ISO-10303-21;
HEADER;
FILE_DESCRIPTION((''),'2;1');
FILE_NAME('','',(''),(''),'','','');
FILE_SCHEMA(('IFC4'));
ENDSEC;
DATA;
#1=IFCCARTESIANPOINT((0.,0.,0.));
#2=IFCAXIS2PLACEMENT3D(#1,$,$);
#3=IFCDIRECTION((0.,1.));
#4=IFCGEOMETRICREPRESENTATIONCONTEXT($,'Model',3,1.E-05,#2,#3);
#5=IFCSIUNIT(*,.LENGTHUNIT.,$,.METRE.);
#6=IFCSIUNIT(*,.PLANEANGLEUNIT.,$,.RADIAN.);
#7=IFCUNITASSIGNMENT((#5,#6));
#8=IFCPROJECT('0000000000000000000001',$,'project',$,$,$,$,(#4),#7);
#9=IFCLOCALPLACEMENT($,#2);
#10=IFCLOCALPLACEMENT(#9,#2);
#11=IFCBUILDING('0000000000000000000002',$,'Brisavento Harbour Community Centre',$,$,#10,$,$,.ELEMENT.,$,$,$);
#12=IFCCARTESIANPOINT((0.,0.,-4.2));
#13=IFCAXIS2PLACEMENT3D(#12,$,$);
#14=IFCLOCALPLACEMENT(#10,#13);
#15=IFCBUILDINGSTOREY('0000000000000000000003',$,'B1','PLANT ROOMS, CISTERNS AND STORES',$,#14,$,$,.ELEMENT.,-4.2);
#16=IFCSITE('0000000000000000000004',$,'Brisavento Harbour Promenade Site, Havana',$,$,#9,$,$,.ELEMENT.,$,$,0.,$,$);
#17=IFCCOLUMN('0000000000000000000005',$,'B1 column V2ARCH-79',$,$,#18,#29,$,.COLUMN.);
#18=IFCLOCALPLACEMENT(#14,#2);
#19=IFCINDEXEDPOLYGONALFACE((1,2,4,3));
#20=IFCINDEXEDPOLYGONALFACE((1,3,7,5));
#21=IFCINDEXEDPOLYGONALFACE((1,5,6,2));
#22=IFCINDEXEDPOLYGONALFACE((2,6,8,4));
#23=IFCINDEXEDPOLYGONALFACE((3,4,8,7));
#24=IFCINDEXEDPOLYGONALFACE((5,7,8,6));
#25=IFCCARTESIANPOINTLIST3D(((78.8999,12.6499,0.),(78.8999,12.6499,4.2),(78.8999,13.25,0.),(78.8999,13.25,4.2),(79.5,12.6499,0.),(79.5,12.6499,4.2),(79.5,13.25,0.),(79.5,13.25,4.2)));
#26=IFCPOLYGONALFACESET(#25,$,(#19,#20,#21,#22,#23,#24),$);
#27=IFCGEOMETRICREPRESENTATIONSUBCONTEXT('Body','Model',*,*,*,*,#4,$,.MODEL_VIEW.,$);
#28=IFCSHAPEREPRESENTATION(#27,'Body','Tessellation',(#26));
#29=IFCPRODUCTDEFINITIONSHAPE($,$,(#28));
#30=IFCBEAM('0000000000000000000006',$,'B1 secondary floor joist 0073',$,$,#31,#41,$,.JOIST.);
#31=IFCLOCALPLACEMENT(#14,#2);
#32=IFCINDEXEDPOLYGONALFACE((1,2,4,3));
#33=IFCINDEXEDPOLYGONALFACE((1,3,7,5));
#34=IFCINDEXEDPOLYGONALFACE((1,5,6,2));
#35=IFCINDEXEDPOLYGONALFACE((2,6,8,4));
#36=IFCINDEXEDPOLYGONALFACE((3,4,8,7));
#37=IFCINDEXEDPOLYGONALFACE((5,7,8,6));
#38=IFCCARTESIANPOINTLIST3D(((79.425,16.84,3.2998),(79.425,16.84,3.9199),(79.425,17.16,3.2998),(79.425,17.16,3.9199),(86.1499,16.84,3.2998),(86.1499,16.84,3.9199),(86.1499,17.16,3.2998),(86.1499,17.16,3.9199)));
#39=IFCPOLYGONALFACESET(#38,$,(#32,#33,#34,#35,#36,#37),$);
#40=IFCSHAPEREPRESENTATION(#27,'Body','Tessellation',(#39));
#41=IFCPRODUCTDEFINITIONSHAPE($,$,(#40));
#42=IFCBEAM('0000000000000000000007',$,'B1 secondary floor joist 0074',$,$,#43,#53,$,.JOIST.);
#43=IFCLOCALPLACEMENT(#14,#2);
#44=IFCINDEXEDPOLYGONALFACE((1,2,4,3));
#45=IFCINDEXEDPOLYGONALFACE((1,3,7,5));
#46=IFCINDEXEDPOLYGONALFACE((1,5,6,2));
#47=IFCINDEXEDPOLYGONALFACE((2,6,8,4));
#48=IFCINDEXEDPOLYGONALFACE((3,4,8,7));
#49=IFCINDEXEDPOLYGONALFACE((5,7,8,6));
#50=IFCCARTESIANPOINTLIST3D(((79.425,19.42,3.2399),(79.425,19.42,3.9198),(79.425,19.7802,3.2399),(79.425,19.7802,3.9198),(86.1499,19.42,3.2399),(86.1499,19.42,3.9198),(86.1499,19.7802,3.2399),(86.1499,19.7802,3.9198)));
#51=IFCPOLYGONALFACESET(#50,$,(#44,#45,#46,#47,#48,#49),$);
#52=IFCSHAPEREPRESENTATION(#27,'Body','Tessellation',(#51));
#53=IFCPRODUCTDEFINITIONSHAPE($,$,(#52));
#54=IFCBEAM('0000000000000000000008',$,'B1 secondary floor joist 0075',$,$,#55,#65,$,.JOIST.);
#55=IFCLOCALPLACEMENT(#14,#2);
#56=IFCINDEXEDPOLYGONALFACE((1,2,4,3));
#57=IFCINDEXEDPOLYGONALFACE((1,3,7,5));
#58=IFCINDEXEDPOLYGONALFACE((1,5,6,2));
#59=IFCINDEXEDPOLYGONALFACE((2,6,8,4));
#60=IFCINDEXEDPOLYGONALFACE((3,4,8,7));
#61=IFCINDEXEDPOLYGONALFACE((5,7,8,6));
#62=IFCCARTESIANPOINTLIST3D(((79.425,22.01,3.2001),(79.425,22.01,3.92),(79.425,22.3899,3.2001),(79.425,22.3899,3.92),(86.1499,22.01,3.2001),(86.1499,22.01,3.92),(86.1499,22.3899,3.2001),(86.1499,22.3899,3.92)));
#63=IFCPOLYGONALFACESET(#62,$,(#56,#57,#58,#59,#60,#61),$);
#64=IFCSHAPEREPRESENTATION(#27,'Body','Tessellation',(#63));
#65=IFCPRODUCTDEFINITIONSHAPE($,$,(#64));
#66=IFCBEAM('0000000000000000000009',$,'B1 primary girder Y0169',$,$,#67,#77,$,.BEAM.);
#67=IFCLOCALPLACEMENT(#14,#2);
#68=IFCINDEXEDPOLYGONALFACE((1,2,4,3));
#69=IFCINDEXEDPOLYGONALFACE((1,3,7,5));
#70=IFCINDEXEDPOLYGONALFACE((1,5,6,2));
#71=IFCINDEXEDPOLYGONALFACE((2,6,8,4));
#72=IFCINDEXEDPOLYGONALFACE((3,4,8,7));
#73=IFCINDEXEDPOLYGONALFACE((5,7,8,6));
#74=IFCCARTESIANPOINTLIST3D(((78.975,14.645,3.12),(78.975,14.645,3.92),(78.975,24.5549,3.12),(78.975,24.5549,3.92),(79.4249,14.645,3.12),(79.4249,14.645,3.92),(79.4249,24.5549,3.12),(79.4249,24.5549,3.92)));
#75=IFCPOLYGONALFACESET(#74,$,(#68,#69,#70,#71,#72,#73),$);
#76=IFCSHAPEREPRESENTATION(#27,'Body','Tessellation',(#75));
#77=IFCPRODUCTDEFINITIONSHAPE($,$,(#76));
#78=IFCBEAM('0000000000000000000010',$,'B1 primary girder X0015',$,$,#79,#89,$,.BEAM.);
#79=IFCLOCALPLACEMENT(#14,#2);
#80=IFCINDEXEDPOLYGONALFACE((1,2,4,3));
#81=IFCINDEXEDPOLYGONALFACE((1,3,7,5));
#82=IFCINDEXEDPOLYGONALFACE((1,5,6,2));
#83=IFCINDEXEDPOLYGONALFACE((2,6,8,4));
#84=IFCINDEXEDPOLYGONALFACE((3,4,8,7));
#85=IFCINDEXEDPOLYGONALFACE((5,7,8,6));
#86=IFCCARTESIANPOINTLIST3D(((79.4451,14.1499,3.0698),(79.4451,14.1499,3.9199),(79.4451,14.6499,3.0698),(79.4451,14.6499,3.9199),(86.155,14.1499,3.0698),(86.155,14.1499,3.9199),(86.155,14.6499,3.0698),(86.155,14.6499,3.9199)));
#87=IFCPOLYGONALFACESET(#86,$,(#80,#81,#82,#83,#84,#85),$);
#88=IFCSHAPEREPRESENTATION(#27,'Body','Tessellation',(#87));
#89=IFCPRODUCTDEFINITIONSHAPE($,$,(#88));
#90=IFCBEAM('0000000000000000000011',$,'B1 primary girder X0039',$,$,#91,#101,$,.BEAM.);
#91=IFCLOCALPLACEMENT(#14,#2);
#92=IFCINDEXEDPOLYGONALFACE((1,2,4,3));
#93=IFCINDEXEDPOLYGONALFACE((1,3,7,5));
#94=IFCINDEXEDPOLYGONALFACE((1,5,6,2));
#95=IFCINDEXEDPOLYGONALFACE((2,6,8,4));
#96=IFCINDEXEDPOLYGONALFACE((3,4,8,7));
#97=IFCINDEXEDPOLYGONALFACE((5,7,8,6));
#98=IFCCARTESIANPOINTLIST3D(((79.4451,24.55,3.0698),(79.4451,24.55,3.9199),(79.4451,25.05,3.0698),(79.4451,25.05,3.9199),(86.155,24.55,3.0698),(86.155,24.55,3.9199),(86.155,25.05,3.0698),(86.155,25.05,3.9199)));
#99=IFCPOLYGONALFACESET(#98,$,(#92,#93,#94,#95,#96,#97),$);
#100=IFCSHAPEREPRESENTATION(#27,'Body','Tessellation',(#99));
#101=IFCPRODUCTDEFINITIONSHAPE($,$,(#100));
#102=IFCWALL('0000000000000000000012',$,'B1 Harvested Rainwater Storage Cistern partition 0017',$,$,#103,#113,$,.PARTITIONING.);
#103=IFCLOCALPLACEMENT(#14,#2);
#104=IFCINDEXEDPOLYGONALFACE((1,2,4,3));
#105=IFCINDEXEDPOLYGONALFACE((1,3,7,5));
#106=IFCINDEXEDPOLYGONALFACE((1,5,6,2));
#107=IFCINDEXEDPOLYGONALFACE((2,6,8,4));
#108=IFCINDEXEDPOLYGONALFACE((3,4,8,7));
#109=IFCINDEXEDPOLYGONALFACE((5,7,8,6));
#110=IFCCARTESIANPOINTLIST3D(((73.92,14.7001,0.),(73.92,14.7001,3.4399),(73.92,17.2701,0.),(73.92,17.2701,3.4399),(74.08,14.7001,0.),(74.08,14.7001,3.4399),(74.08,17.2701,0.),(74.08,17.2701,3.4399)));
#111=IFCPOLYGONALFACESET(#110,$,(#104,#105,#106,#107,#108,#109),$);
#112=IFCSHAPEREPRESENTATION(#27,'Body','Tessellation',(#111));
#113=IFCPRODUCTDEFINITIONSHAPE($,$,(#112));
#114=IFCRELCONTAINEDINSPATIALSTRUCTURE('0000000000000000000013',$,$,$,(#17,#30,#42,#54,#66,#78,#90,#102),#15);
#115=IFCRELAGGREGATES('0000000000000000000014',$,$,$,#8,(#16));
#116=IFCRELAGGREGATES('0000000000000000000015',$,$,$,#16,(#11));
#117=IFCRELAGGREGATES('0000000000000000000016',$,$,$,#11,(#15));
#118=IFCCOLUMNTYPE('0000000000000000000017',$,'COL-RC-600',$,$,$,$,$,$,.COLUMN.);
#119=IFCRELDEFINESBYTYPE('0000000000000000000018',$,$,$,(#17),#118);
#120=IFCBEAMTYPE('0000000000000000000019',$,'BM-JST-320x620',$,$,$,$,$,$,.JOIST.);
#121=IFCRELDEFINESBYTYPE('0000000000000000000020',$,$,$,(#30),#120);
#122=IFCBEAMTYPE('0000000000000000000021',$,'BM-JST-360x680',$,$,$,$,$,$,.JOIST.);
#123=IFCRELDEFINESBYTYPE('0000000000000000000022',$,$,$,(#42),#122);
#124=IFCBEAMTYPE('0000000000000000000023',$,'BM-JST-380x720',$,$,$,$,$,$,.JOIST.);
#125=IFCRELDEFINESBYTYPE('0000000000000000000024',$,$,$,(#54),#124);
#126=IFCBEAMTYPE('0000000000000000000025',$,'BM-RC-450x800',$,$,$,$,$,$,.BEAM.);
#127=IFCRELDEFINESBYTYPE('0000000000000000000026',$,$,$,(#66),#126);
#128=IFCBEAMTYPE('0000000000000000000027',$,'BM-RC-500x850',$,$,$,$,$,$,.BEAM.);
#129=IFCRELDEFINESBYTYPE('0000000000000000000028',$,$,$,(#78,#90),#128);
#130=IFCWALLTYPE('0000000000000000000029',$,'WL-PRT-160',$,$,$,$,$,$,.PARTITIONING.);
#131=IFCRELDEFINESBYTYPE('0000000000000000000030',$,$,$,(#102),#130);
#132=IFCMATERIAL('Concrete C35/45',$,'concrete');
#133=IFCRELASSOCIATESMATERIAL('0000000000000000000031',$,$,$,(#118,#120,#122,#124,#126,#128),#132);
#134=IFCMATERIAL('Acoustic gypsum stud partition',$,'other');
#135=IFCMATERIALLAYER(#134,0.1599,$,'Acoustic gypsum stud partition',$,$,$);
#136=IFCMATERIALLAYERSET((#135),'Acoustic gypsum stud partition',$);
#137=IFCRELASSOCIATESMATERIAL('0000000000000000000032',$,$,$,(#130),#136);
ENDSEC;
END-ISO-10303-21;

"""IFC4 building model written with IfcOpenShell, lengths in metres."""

from ifc_helpers import new_model, si_unit, direction, frame, frame_2d, origin, origin_2d, place, context, subcontext, project, spatial, rectangle, extrude, material, layer, layer_set, material_profile, profile_set, type_object, element, save


model = new_model("IFC4")

# Units and contexts
model_context = context("Model", 3, precision=1e-05, world=origin(), true_north=direction((0.0, 1.0)))
body_context = subcontext(model_context, "Body", "Model", "MODEL_VIEW")
ifc_project = project(units=[si_unit("LENGTHUNIT", "METRE"), si_unit("PLANEANGLEUNIT", "RADIAN")], contexts=[model_context])

# Site, building, storey
site_placement = place(None, origin())
site = spatial("IfcSite", under=ifc_project, at=site_placement, Name="Brisavento Harbour Promenade Site, Havana", CompositionType="ELEMENT", RefElevation=0.0)
building_placement = place(site_placement, origin())
building = spatial("IfcBuilding", under=site, at=building_placement, Name="Brisavento Harbour Community Centre", CompositionType="ELEMENT")
storey_placement = place(building_placement, frame((0.0, 0.0, -4.2)))
storey = spatial("IfcBuildingStorey", under=building, at=storey_placement, Name="B1", Description="PLANT ROOMS, CISTERNS AND STORES", CompositionType="ELEMENT", Elevation=-4.2)

# Shared definitions
ifc_material_1 = material(Name="Concrete C35/45", Category="concrete")

# Column
ifc_material_profile_1 = material_profile(ifc_material_1, rectangle(XDim=0.6001, YDim=0.6001, at=origin_2d()), Name="Concrete C35/45")
ifc_profile_set_1 = profile_set([ifc_material_profile_1], Name="Concrete C35/45")
column_type_1 = type_object("IfcColumnType", Name="COL-RC-600", PredefinedType="COLUMN", material=ifc_profile_set_1)
column_placement = place(storey_placement, frame((79.2, 12.95, 0.0), z_axis=(0.0, 0.0, 1.0), x_axis=(1.0, 0.0, 0.0)))
element("IfcColumn", 1, at=column_placement, inside=storey, type_object=column_type_1, Name="B1 column V2ARCH-79", PredefinedType="COLUMN", context=body_context, shape_type="SweptSolid", body=[
    extrude(rectangle(XDim=0.6001, YDim=0.6001, at=origin_2d()), origin(), (0.0, 0.0, 1.0), 4.2),
])

# Beams
ifc_material_profile_2 = material_profile(ifc_material_1, rectangle(XDim=0.3201, YDim=0.6201, at=origin_2d()), Name="Concrete C35/45")
ifc_profile_set_2 = profile_set([ifc_material_profile_2], Name="Concrete C35/45")
beam_type_1 = type_object("IfcBeamType", Name="BM-JST-320x620", PredefinedType="JOIST", material=ifc_profile_set_2)
beam_1_placement = place(storey_placement, frame((79.425, 17.0, 3.6099), z_axis=(1.0, 0.0, 0.0), x_axis=(0.0, 1.0, 0.0)))
element("IfcBeam", 2, at=beam_1_placement, inside=storey, type_object=beam_type_1, Name="B1 secondary floor joist 0073", PredefinedType="JOIST", context=body_context, shape_type="SweptSolid", body=[
    extrude(rectangle(XDim=0.3201, YDim=0.6201, at=origin_2d()), origin(), (0.0, 0.0, 1.0), 6.7249),
])
ifc_material_profile_3 = material_profile(ifc_material_1, rectangle(XDim=0.3601, YDim=0.6799, at=origin_2d()), Name="Concrete C35/45")
ifc_profile_set_3 = profile_set([ifc_material_profile_3], Name="Concrete C35/45")
beam_type_2 = type_object("IfcBeamType", Name="BM-JST-360x680", PredefinedType="JOIST", material=ifc_profile_set_3)
beam_2_placement = place(storey_placement, frame((79.425, 19.6001, 3.5798), z_axis=(1.0, 0.0, 0.0), x_axis=(0.0, 1.0, 0.0)))
element("IfcBeam", 3, at=beam_2_placement, inside=storey, type_object=beam_type_2, Name="B1 secondary floor joist 0074", PredefinedType="JOIST", context=body_context, shape_type="SweptSolid", body=[
    extrude(rectangle(XDim=0.3601, YDim=0.6799, at=origin_2d()), origin(), (0.0, 0.0, 1.0), 6.7249),
])
ifc_material_profile_4 = material_profile(ifc_material_1, rectangle(XDim=0.3799, YDim=0.72, at=origin_2d()), Name="Concrete C35/45")
ifc_profile_set_4 = profile_set([ifc_material_profile_4], Name="Concrete C35/45")
beam_type_3 = type_object("IfcBeamType", Name="BM-JST-380x720", PredefinedType="JOIST", material=ifc_profile_set_4)
beam_3_placement = place(storey_placement, frame((79.425, 22.2, 3.5601), z_axis=(1.0, 0.0, 0.0), x_axis=(0.0, 1.0, 0.0)))
element("IfcBeam", 4, at=beam_3_placement, inside=storey, type_object=beam_type_3, Name="B1 secondary floor joist 0075", PredefinedType="JOIST", context=body_context, shape_type="SweptSolid", body=[
    extrude(rectangle(XDim=0.3799, YDim=0.72, at=origin_2d()), origin(), (0.0, 0.0, 1.0), 6.7249),
])
ifc_material_profile_5 = material_profile(ifc_material_1, rectangle(XDim=0.45, YDim=0.8, at=origin_2d()), Name="Concrete C35/45")
ifc_profile_set_5 = profile_set([ifc_material_profile_5], Name="Concrete C35/45")
beam_type_4 = type_object("IfcBeamType", Name="BM-RC-450x800", PredefinedType="BEAM", material=ifc_profile_set_5)
beam_4_placement = place(storey_placement, frame((79.2, 14.645, 3.52), z_axis=(0.0, 1.0, 0.0), x_axis=(-1.0, 0.0, 0.0)))
element("IfcBeam", 5, at=beam_4_placement, inside=storey, type_object=beam_type_4, Name="B1 primary girder Y0169", PredefinedType="BEAM", context=body_context, shape_type="SweptSolid", body=[
    extrude(rectangle(XDim=0.45, YDim=0.8, at=origin_2d()), origin(), (0.0, 0.0, 1.0), 9.9099),
])
ifc_material_profile_6 = material_profile(ifc_material_1, rectangle(XDim=0.5, YDim=0.8501, at=origin_2d()), Name="Concrete C35/45")
ifc_profile_set_6 = profile_set([ifc_material_profile_6], Name="Concrete C35/45")
beam_type_5 = type_object("IfcBeamType", Name="BM-RC-500x850", PredefinedType="BEAM", material=ifc_profile_set_6)
for number, where, z_axis, x_axis, name in (
    (6, (79.4451, 14.3999, 3.4949), (1.0, 0.0, 0.0), (0.0, 1.0, 0.0), "B1 primary girder X0015"),
    (7, (79.4451, 24.8, 3.4949), (1.0, 0.0, 0.0), (0.0, 1.0, 0.0), "B1 primary girder X0039"),
):
    element("IfcBeam", number, at=place(storey_placement, frame(where, z_axis=z_axis, x_axis=x_axis)), inside=storey, type_object=beam_type_5, Name=name, PredefinedType="BEAM", context=body_context, shape_type="SweptSolid", body=[
        extrude(rectangle(XDim=0.5, YDim=0.8501, at=origin_2d()), origin(), (0.0, 0.0, 1.0), 6.71),
    ])

# Wall
ifc_material_2 = material(Name="Acoustic gypsum stud partition", Category="other")
ifc_layer_1 = layer(ifc_material_2, 0.1599, Name="Acoustic gypsum stud partition")
ifc_layer_set_1 = layer_set([ifc_layer_1], Name="Acoustic gypsum stud partition")
wall_type_1 = type_object("IfcWallType", Name="WL-PRT-160", PredefinedType="PARTITIONING", material=ifc_layer_set_1)
wall_1_placement = place(storey_placement, frame((74.0, 14.7, 0.0), z_axis=(0.0, 0.0, 1.0), x_axis=(0.0, 1.0, 0.0)))
element("IfcWall", 8, at=wall_1_placement, inside=storey, type_object=wall_type_1, Name="B1 Harvested Rainwater Storage Cistern partition 0017", PredefinedType="PARTITIONING", context=body_context, shape_type="SweptSolid", body=[
    extrude(rectangle(XDim=2.5701, YDim=0.1599, at=frame_2d((1.2852, 0.0))), origin(), (0.0, 0.0, 1.0), 3.4399),
])

save(model, "model.ifc")
